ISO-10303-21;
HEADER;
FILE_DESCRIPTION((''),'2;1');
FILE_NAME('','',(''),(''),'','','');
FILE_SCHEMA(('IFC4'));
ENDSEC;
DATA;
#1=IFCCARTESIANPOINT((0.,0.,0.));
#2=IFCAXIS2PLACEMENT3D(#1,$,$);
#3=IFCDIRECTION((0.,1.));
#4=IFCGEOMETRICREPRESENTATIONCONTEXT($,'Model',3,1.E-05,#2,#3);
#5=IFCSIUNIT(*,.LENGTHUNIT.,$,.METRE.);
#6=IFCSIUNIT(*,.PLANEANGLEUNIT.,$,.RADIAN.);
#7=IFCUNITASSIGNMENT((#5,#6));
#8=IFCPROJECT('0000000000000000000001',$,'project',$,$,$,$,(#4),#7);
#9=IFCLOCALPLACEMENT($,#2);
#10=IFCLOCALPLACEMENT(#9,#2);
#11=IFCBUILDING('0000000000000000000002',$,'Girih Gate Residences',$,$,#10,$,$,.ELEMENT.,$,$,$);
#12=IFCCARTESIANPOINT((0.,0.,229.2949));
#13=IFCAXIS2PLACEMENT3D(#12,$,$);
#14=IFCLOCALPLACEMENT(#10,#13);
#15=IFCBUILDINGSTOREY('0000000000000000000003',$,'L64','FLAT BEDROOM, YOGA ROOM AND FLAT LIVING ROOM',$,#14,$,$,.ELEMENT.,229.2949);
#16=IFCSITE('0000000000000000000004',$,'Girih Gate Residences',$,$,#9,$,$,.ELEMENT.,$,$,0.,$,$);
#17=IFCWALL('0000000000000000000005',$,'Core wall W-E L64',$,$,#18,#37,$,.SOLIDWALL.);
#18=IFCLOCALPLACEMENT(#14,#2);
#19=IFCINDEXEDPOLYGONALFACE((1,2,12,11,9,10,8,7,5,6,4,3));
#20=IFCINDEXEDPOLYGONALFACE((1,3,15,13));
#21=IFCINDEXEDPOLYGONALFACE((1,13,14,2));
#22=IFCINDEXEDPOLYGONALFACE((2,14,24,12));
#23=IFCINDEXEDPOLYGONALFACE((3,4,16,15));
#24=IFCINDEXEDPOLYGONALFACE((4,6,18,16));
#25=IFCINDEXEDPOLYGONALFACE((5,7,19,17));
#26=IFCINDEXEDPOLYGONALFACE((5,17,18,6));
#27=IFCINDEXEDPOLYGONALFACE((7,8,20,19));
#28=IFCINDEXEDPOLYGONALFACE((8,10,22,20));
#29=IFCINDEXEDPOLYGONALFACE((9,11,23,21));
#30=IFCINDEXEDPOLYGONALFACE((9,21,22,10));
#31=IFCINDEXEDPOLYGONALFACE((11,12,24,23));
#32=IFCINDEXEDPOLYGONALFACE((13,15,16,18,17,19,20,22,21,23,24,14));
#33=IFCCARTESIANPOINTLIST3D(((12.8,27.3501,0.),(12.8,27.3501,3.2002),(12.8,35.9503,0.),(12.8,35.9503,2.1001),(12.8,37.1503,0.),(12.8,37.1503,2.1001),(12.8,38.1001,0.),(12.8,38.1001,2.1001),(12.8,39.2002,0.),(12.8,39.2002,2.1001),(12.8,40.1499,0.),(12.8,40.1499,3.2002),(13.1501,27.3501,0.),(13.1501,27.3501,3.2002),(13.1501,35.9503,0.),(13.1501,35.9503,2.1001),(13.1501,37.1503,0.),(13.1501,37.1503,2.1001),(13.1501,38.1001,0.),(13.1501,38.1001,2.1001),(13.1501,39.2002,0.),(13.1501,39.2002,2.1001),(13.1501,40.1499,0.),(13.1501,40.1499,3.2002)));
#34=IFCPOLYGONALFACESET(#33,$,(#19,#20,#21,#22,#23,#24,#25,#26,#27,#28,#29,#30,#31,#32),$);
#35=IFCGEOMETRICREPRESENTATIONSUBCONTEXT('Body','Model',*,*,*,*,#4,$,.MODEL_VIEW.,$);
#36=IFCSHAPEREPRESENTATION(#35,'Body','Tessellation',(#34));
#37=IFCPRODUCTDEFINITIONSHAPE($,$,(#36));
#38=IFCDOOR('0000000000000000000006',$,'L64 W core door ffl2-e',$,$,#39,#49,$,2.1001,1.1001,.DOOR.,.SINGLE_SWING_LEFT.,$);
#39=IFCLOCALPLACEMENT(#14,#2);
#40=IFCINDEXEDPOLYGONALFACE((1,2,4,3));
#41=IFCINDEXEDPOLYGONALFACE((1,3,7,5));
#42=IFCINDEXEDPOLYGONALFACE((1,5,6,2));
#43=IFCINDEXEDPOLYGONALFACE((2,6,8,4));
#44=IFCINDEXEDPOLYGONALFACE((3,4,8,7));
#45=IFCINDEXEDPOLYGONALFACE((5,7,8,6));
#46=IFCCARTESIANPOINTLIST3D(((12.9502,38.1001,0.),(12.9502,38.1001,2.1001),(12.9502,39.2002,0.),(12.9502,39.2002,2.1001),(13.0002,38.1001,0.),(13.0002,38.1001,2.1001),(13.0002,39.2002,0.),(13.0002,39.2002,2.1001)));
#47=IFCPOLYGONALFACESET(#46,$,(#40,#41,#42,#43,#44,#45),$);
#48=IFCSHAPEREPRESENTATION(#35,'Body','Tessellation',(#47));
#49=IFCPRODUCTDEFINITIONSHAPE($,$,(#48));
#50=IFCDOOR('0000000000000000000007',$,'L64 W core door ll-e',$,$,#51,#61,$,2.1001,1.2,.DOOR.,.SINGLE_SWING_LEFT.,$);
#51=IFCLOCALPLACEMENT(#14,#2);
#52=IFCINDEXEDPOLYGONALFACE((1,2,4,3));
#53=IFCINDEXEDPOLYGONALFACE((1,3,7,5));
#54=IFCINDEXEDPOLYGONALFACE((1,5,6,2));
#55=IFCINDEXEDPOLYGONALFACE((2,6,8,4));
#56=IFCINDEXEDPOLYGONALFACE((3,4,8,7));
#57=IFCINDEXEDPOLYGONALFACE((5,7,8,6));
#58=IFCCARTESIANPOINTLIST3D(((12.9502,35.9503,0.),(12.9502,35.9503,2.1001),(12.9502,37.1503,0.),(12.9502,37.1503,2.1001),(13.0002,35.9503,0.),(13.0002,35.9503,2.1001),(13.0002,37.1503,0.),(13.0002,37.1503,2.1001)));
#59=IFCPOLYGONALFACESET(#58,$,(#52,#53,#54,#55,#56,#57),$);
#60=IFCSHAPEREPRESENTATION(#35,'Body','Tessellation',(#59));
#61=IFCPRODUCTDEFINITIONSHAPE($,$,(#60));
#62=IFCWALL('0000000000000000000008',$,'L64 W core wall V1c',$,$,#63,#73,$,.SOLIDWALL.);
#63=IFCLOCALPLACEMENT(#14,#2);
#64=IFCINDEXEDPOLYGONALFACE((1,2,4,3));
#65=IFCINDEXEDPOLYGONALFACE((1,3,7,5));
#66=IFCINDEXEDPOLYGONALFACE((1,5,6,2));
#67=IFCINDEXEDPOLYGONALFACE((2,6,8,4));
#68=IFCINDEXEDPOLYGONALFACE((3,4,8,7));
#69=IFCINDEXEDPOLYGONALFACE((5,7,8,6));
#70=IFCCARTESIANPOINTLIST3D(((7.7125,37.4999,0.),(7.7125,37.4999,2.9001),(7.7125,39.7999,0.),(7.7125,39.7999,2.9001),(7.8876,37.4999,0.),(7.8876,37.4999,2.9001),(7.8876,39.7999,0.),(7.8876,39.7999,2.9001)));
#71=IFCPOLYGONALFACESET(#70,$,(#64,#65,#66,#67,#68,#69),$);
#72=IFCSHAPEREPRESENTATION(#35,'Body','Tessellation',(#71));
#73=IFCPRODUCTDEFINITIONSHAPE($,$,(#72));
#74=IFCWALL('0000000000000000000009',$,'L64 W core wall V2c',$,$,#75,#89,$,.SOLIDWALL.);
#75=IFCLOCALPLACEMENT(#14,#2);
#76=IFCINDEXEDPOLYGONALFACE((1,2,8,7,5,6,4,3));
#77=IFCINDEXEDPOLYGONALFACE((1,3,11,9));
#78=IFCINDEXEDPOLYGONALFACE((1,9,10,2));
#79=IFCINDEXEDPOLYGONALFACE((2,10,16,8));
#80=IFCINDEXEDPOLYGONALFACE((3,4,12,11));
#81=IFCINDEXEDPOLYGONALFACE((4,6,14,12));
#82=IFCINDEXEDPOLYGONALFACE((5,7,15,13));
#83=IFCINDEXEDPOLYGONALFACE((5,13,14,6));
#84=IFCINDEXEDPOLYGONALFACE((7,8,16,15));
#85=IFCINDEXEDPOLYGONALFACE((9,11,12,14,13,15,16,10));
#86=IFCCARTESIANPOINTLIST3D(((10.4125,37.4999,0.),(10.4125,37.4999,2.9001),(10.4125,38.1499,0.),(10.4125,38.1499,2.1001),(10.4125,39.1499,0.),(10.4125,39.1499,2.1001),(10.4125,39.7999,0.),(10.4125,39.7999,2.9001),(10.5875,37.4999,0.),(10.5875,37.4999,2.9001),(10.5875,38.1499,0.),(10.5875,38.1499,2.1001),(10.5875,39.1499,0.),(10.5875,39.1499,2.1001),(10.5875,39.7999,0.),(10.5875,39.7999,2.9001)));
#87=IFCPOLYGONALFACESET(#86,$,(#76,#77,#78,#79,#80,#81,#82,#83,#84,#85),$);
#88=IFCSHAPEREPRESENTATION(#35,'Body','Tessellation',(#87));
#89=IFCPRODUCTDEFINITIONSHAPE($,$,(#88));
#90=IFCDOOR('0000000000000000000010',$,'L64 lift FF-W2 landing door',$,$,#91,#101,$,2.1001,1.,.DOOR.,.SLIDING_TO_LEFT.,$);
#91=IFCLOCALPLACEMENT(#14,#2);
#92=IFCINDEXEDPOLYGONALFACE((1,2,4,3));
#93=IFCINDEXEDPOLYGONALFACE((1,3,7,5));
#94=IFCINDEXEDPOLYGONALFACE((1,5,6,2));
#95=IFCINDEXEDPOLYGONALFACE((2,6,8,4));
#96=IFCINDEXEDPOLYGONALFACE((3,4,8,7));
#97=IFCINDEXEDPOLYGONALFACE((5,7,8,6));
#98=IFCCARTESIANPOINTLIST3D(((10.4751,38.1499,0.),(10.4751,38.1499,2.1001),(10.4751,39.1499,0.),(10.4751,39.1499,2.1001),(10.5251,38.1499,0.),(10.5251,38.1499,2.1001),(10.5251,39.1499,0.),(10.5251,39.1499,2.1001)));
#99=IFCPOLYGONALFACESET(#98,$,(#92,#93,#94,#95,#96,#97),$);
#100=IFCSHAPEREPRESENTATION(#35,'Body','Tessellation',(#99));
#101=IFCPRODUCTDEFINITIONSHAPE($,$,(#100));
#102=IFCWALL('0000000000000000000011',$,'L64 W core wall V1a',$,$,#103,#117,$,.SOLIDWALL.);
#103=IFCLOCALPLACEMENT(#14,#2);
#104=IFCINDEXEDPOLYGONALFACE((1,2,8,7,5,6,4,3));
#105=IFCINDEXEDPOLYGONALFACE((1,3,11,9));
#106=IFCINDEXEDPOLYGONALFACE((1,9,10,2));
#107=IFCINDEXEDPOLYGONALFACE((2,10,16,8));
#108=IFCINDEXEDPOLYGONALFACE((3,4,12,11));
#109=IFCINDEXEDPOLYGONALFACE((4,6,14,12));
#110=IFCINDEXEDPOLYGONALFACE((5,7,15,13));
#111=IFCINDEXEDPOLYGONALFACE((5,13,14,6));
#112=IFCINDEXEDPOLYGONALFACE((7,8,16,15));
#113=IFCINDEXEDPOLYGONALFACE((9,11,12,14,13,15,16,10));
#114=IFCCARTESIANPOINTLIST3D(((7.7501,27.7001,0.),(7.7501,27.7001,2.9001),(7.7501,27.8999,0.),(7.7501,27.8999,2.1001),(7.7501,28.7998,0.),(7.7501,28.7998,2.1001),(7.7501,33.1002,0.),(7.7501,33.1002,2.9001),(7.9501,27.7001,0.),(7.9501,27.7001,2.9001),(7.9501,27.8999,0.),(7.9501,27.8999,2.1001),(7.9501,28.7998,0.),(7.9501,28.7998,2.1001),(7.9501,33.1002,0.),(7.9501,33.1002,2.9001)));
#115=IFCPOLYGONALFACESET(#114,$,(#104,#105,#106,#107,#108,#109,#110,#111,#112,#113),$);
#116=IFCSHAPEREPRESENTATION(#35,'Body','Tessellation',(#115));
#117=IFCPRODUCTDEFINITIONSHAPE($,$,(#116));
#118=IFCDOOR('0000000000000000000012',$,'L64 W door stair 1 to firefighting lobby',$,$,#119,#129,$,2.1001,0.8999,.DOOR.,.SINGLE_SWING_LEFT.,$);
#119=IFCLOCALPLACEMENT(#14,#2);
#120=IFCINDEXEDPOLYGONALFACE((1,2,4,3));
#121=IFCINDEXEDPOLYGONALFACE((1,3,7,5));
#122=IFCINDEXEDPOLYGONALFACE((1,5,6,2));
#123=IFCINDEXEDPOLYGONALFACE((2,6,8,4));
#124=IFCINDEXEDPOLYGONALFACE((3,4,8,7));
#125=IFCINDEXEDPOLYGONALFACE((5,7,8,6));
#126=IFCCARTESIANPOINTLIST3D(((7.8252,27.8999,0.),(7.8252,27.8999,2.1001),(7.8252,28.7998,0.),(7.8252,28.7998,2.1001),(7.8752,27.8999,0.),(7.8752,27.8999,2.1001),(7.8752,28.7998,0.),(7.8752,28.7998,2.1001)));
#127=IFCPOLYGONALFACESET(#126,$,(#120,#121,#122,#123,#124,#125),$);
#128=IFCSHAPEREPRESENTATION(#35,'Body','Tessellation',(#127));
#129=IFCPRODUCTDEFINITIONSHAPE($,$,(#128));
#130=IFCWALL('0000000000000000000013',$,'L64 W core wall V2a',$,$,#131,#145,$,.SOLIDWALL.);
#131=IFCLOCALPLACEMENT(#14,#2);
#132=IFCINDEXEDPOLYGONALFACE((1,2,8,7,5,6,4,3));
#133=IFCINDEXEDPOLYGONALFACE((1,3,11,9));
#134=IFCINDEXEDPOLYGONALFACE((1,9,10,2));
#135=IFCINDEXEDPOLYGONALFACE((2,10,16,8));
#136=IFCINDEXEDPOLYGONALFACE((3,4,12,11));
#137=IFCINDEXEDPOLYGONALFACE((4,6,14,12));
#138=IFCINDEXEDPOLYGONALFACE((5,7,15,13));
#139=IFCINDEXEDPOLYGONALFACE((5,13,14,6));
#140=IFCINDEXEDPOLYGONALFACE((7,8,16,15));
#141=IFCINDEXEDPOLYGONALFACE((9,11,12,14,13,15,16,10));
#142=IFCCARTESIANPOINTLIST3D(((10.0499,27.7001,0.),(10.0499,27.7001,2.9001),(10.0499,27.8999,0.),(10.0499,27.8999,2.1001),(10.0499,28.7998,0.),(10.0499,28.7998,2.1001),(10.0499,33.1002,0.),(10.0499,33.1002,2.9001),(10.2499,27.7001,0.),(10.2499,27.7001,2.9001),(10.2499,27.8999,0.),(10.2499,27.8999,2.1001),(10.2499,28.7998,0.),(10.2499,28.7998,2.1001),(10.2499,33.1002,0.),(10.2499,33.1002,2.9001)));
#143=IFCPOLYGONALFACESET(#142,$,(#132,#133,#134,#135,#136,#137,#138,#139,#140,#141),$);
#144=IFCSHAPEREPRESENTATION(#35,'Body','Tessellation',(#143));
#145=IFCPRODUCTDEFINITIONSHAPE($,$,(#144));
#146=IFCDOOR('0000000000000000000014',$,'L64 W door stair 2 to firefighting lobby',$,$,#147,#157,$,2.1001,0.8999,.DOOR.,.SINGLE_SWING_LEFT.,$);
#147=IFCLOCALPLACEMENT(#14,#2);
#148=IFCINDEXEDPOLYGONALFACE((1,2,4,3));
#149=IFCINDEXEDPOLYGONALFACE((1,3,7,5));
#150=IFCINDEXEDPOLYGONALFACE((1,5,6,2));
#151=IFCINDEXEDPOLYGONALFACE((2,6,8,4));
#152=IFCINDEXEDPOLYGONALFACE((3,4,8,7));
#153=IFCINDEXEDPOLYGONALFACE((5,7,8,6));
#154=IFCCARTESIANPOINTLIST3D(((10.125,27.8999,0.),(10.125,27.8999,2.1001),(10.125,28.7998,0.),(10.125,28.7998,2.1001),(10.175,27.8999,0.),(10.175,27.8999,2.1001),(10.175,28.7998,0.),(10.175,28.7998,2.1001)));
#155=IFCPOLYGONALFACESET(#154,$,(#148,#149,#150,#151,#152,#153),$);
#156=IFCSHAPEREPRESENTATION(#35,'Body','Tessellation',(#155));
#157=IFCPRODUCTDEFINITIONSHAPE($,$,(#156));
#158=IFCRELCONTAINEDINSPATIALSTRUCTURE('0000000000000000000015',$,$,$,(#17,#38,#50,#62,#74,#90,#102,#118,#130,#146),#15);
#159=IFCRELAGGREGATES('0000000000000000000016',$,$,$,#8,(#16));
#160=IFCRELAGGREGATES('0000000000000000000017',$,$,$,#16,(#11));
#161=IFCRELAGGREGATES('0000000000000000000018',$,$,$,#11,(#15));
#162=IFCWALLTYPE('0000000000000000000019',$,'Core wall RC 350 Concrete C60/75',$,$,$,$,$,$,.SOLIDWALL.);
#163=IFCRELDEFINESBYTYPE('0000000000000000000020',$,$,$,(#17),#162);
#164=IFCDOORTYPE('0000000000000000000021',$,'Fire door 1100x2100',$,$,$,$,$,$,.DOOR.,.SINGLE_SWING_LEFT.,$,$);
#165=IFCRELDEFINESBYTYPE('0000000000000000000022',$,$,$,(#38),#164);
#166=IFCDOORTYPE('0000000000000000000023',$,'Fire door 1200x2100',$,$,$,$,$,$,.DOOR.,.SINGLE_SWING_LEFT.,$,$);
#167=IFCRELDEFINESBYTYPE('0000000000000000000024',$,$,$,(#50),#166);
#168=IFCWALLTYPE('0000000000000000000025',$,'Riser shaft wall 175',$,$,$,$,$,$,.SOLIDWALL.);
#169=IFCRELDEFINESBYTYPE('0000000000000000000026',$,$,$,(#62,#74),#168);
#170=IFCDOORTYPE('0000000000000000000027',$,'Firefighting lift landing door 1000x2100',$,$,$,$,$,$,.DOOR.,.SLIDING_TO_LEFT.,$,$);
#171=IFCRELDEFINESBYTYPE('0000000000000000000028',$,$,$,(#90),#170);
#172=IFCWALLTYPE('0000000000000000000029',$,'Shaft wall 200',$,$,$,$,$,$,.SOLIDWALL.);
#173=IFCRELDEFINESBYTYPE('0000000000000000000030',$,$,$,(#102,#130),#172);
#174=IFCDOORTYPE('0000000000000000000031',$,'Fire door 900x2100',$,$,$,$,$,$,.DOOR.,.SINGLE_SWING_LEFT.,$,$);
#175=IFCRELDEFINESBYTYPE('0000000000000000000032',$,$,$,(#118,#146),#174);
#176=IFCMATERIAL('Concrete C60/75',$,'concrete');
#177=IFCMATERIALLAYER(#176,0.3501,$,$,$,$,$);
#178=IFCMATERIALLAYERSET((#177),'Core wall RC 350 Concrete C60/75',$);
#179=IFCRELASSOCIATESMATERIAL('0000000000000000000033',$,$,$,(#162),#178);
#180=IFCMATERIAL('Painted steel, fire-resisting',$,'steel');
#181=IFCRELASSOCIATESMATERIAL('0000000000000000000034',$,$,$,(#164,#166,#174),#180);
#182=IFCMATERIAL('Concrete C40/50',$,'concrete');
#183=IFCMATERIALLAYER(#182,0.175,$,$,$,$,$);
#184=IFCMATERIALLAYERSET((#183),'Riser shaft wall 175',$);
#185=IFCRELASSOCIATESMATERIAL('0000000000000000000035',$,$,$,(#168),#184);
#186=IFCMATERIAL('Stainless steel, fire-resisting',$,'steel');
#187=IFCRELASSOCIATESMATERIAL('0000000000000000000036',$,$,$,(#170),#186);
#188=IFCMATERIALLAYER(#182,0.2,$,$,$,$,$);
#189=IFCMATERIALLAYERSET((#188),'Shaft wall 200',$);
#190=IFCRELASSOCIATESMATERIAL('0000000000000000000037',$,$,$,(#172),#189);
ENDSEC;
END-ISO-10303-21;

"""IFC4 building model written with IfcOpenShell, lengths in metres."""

from ifc_helpers import new_model, si_unit, direction, frame, frame_2d, origin, place, context, subcontext, project, spatial, rectangle, extrude, material, layer, layer_set, type_object, element, fill, save


model = new_model("IFC4")

# Units and contexts
model_context = context("Model", 3, precision=1e-05, world=origin(), true_north=direction((0.0, 1.0)))
body_context = subcontext(model_context, "Body", "Model", "MODEL_VIEW")
ifc_project = project(units=[si_unit("LENGTHUNIT", "METRE"), si_unit("PLANEANGLEUNIT", "RADIAN")], contexts=[model_context])

# Site, building, storey
site_placement = place(None, origin())
site = spatial("IfcSite", under=ifc_project, at=site_placement, Name="Girih Gate Residences", CompositionType="ELEMENT", RefElevation=0.0)
building_placement = place(site_placement, origin())
building = spatial("IfcBuilding", under=site, at=building_placement, Name="Girih Gate Residences", CompositionType="ELEMENT")
storey_placement = place(building_placement, frame((0.0, 0.0, 229.2949)))
storey = spatial("IfcBuildingStorey", under=building, at=storey_placement, Name="L64", Description="FLAT BEDROOM, YOGA ROOM AND FLAT LIVING ROOM", CompositionType="ELEMENT", Elevation=229.2949)

# Wall, openings, doors
ifc_material_1 = material(Name="Concrete C60/75", Category="concrete")
ifc_layer_1 = layer(ifc_material_1, 0.3501)
ifc_layer_set_1 = layer_set([ifc_layer_1], Name="Core wall RC 350 Concrete C60/75")
wall_type_1 = type_object("IfcWallType", Name="Core wall RC 350 Concrete C60/75", PredefinedType="SOLIDWALL", material=ifc_layer_set_1)
wall_1_placement = place(storey_placement, frame((12.9751, 27.3501, 0.0), z_axis=(0.0, 0.0, 1.0), x_axis=(0.0, 1.0, 0.0)))
wall_1 = element("IfcWall", 1, at=wall_1_placement, inside=storey, type_object=wall_type_1, Name="Core wall W-E L64", PredefinedType="SOLIDWALL", context=body_context, shape_type="SweptSolid", body=[
    extrude(rectangle(XDim=12.7998, YDim=0.3501, at=frame_2d((6.3999, 0.0))), origin(), (0.0, 0.0, 1.0), 3.2002),
])
opening_1_placement = place(wall_1_placement, frame((10.75, 0.0, 0.0)))
opening_1 = element("IfcOpeningElement", 2, at=opening_1_placement, cuts=wall_1, PredefinedType="OPENING", context=body_context, shape_type="SweptSolid", body=[
    extrude(rectangle(XDim=1.1001, YDim=2.1001, at=frame_2d((0.55, 1.05))), frame((0.0, 0.1851, 0.0), z_axis=(0.0, -1.0, 0.0), x_axis=(1.0, 0.0, 0.0)), (0.0, 0.0, 1.0), 0.3701),
])
opening_2_placement = place(wall_1_placement, frame((8.6001, 0.0, 0.0)))
opening_2 = element("IfcOpeningElement", 3, at=opening_2_placement, cuts=wall_1, PredefinedType="OPENING", context=body_context, shape_type="SweptSolid", body=[
    extrude(rectangle(XDim=1.2, YDim=2.1001, at=frame_2d((0.6001, 1.05))), frame((0.0, 0.1851, 0.0), z_axis=(0.0, -1.0, 0.0), x_axis=(1.0, 0.0, 0.0)), (0.0, 0.0, 1.0), 0.3701),
])
ifc_material_2 = material(Name="Painted steel, fire-resisting", Category="steel")
door_type_1 = type_object("IfcDoorType", Name="Fire door 1100x2100", OperationType="SINGLE_SWING_LEFT", PredefinedType="DOOR", material=ifc_material_2)
door_1_placement = place(opening_1_placement, origin())
door_1 = element("IfcDoor", 4, at=door_1_placement, inside=storey, type_object=door_type_1, Name="L64 W core door ffl2-e", OperationType="SINGLE_SWING_LEFT", OverallHeight=2.1001, OverallWidth=1.1001, PredefinedType="DOOR", context=body_context, shape_type="SweptSolid", body=[
    extrude(rectangle(XDim=1.1001, YDim=2.1001, at=frame_2d((0.55, 1.05))), frame((0.0, 0.0249, 0.0), z_axis=(0.0, -1.0, 0.0), x_axis=(1.0, 0.0, 0.0)), (0.0, 0.0, 1.0), 0.05),
])
fill(opening_1, door_1)
door_type_2 = type_object("IfcDoorType", Name="Fire door 1200x2100", OperationType="SINGLE_SWING_LEFT", PredefinedType="DOOR", material=ifc_material_2)
door_2_placement = place(opening_2_placement, origin())
door_2 = element("IfcDoor", 5, at=door_2_placement, inside=storey, type_object=door_type_2, Name="L64 W core door ll-e", OperationType="SINGLE_SWING_LEFT", OverallHeight=2.1001, OverallWidth=1.2, PredefinedType="DOOR", context=body_context, shape_type="SweptSolid", body=[
    extrude(rectangle(XDim=1.2, YDim=2.1001, at=frame_2d((0.6001, 1.05))), frame((0.0, 0.0249, 0.0), z_axis=(0.0, -1.0, 0.0), x_axis=(1.0, 0.0, 0.0)), (0.0, 0.0, 1.0), 0.05),
])
fill(opening_2, door_2)

# Wall
ifc_material_3 = material(Name="Concrete C40/50", Category="concrete")
ifc_layer_2 = layer(ifc_material_3, 0.175)
ifc_layer_set_2 = layer_set([ifc_layer_2], Name="Riser shaft wall 175")
wall_type_2 = type_object("IfcWallType", Name="Riser shaft wall 175", PredefinedType="SOLIDWALL", material=ifc_layer_set_2)
wall_2_placement = place(storey_placement, frame((7.8, 37.5, 0.0), z_axis=(0.0, 0.0, 1.0), x_axis=(0.0, 1.0, 0.0)))
element("IfcWall", 6, at=wall_2_placement, inside=storey, type_object=wall_type_2, Name="L64 W core wall V1c", PredefinedType="SOLIDWALL", context=body_context, shape_type="SweptSolid", body=[
    extrude(rectangle(XDim=2.3, YDim=0.175, at=frame_2d((1.1499, 0.0))), origin(), (0.0, 0.0, 1.0), 2.9001),
])

# Walls, openings, doors
wall_3_placement = place(storey_placement, frame((10.5, 37.5, 0.0), z_axis=(0.0, 0.0, 1.0), x_axis=(0.0, 1.0, 0.0)))
wall_3 = element("IfcWall", 7, at=wall_3_placement, inside=storey, type_object=wall_type_2, Name="L64 W core wall V2c", PredefinedType="SOLIDWALL", context=body_context, shape_type="SweptSolid", body=[
    extrude(rectangle(XDim=2.3, YDim=0.175, at=frame_2d((1.1499, 0.0))), origin(), (0.0, 0.0, 1.0), 2.9001),
])
opening_3_placement = place(wall_3_placement, frame((0.6499, 0.0, 0.0)))
opening_3 = element("IfcOpeningElement", 8, at=opening_3_placement, cuts=wall_3, PredefinedType="OPENING", context=body_context, shape_type="SweptSolid", body=[
    extrude(rectangle(XDim=1.0, YDim=2.1001, at=frame_2d((0.5, 1.05))), frame((0.0, 0.0974, 0.0), z_axis=(0.0, -1.0, 0.0), x_axis=(1.0, 0.0, 0.0)), (0.0, 0.0, 1.0), 0.1951),
])
ifc_material_4 = material(Name="Stainless steel, fire-resisting", Category="steel")
door_type_3 = type_object("IfcDoorType", Name="Firefighting lift landing door 1000x2100", OperationType="SLIDING_TO_LEFT", PredefinedType="DOOR", material=ifc_material_4)
door_3_placement = place(opening_3_placement, origin())
door_3 = element("IfcDoor", 9, at=door_3_placement, inside=storey, type_object=door_type_3, Name="L64 lift FF-W2 landing door", OperationType="SLIDING_TO_LEFT", OverallHeight=2.1001, OverallWidth=1.0, PredefinedType="DOOR", context=body_context, shape_type="SweptSolid", body=[
    extrude(rectangle(XDim=1.0, YDim=2.1001, at=frame_2d((0.5, 1.05))), frame((0.0, 0.0249, 0.0), z_axis=(0.0, -1.0, 0.0), x_axis=(1.0, 0.0, 0.0)), (0.0, 0.0, 1.0), 0.05),
])
fill(opening_3, door_3)
ifc_layer_3 = layer(ifc_material_3, 0.2)
ifc_layer_set_3 = layer_set([ifc_layer_3], Name="Shaft wall 200")
wall_type_3 = type_object("IfcWallType", Name="Shaft wall 200", PredefinedType="SOLIDWALL", material=ifc_layer_set_3)
wall_4_placement = place(storey_placement, frame((7.8501, 27.7, 0.0), z_axis=(0.0, 0.0, 1.0), x_axis=(0.0, 1.0, 0.0)))
wall_4 = element("IfcWall", 10, at=wall_4_placement, inside=storey, type_object=wall_type_3, Name="L64 W core wall V1a", PredefinedType="SOLIDWALL", context=body_context, shape_type="SweptSolid", body=[
    extrude(rectangle(XDim=5.4001, YDim=0.2, at=frame_2d((2.7002, 0.0))), origin(), (0.0, 0.0, 1.0), 2.9001),
])
opening_4_placement = place(wall_4_placement, frame((0.2, 0.0, 0.0)))
opening_4 = element("IfcOpeningElement", 11, at=opening_4_placement, cuts=wall_4, PredefinedType="OPENING", context=body_context, shape_type="SweptSolid", body=[
    extrude(rectangle(XDim=0.8999, YDim=2.1001, at=frame_2d((0.45, 1.05))), frame((0.0, 0.1099, 0.0), z_axis=(0.0, -1.0, 0.0), x_axis=(1.0, 0.0, 0.0)), (0.0, 0.0, 1.0), 0.22),
])
door_type_4 = type_object("IfcDoorType", Name="Fire door 900x2100", OperationType="SINGLE_SWING_LEFT", PredefinedType="DOOR", material=ifc_material_2)
door_4_placement = place(opening_4_placement, origin())
door_4 = element("IfcDoor", 12, at=door_4_placement, inside=storey, type_object=door_type_4, Name="L64 W door stair 1 to firefighting lobby", OperationType="SINGLE_SWING_LEFT", OverallHeight=2.1001, OverallWidth=0.8999, PredefinedType="DOOR", context=body_context, shape_type="SweptSolid", body=[
    extrude(rectangle(XDim=0.8999, YDim=2.1001, at=frame_2d((0.45, 1.05))), frame((0.0, 0.0249, 0.0), z_axis=(0.0, -1.0, 0.0), x_axis=(1.0, 0.0, 0.0)), (0.0, 0.0, 1.0), 0.05),
])
fill(opening_4, door_4)
wall_5_placement = place(storey_placement, frame((10.1499, 27.7, 0.0), z_axis=(0.0, 0.0, 1.0), x_axis=(0.0, 1.0, 0.0)))
wall_5 = element("IfcWall", 13, at=wall_5_placement, inside=storey, type_object=wall_type_3, Name="L64 W core wall V2a", PredefinedType="SOLIDWALL", context=body_context, shape_type="SweptSolid", body=[
    extrude(rectangle(XDim=5.4001, YDim=0.2, at=frame_2d((2.7002, 0.0))), origin(), (0.0, 0.0, 1.0), 2.9001),
])
opening_5_placement = place(wall_5_placement, frame((0.2, 0.0, 0.0)))
opening_5 = element("IfcOpeningElement", 14, at=opening_5_placement, cuts=wall_5, PredefinedType="OPENING", context=body_context, shape_type="SweptSolid", body=[
    extrude(rectangle(XDim=0.8999, YDim=2.1001, at=frame_2d((0.45, 1.05))), frame((0.0, 0.1099, 0.0), z_axis=(0.0, -1.0, 0.0), x_axis=(1.0, 0.0, 0.0)), (0.0, 0.0, 1.0), 0.22),
])
door_5_placement = place(opening_5_placement, origin())
door_5 = element("IfcDoor", 15, at=door_5_placement, inside=storey, type_object=door_type_4, Name="L64 W door stair 2 to firefighting lobby", OperationType="SINGLE_SWING_LEFT", OverallHeight=2.1001, OverallWidth=0.8999, PredefinedType="DOOR", context=body_context, shape_type="SweptSolid", body=[
    extrude(rectangle(XDim=0.8999, YDim=2.1001, at=frame_2d((0.45, 1.05))), frame((0.0, 0.0249, 0.0), z_axis=(0.0, -1.0, 0.0), x_axis=(1.0, 0.0, 0.0)), (0.0, 0.0, 1.0), 0.05),
])
fill(opening_5, door_5)

save(model, "model.ifc")
